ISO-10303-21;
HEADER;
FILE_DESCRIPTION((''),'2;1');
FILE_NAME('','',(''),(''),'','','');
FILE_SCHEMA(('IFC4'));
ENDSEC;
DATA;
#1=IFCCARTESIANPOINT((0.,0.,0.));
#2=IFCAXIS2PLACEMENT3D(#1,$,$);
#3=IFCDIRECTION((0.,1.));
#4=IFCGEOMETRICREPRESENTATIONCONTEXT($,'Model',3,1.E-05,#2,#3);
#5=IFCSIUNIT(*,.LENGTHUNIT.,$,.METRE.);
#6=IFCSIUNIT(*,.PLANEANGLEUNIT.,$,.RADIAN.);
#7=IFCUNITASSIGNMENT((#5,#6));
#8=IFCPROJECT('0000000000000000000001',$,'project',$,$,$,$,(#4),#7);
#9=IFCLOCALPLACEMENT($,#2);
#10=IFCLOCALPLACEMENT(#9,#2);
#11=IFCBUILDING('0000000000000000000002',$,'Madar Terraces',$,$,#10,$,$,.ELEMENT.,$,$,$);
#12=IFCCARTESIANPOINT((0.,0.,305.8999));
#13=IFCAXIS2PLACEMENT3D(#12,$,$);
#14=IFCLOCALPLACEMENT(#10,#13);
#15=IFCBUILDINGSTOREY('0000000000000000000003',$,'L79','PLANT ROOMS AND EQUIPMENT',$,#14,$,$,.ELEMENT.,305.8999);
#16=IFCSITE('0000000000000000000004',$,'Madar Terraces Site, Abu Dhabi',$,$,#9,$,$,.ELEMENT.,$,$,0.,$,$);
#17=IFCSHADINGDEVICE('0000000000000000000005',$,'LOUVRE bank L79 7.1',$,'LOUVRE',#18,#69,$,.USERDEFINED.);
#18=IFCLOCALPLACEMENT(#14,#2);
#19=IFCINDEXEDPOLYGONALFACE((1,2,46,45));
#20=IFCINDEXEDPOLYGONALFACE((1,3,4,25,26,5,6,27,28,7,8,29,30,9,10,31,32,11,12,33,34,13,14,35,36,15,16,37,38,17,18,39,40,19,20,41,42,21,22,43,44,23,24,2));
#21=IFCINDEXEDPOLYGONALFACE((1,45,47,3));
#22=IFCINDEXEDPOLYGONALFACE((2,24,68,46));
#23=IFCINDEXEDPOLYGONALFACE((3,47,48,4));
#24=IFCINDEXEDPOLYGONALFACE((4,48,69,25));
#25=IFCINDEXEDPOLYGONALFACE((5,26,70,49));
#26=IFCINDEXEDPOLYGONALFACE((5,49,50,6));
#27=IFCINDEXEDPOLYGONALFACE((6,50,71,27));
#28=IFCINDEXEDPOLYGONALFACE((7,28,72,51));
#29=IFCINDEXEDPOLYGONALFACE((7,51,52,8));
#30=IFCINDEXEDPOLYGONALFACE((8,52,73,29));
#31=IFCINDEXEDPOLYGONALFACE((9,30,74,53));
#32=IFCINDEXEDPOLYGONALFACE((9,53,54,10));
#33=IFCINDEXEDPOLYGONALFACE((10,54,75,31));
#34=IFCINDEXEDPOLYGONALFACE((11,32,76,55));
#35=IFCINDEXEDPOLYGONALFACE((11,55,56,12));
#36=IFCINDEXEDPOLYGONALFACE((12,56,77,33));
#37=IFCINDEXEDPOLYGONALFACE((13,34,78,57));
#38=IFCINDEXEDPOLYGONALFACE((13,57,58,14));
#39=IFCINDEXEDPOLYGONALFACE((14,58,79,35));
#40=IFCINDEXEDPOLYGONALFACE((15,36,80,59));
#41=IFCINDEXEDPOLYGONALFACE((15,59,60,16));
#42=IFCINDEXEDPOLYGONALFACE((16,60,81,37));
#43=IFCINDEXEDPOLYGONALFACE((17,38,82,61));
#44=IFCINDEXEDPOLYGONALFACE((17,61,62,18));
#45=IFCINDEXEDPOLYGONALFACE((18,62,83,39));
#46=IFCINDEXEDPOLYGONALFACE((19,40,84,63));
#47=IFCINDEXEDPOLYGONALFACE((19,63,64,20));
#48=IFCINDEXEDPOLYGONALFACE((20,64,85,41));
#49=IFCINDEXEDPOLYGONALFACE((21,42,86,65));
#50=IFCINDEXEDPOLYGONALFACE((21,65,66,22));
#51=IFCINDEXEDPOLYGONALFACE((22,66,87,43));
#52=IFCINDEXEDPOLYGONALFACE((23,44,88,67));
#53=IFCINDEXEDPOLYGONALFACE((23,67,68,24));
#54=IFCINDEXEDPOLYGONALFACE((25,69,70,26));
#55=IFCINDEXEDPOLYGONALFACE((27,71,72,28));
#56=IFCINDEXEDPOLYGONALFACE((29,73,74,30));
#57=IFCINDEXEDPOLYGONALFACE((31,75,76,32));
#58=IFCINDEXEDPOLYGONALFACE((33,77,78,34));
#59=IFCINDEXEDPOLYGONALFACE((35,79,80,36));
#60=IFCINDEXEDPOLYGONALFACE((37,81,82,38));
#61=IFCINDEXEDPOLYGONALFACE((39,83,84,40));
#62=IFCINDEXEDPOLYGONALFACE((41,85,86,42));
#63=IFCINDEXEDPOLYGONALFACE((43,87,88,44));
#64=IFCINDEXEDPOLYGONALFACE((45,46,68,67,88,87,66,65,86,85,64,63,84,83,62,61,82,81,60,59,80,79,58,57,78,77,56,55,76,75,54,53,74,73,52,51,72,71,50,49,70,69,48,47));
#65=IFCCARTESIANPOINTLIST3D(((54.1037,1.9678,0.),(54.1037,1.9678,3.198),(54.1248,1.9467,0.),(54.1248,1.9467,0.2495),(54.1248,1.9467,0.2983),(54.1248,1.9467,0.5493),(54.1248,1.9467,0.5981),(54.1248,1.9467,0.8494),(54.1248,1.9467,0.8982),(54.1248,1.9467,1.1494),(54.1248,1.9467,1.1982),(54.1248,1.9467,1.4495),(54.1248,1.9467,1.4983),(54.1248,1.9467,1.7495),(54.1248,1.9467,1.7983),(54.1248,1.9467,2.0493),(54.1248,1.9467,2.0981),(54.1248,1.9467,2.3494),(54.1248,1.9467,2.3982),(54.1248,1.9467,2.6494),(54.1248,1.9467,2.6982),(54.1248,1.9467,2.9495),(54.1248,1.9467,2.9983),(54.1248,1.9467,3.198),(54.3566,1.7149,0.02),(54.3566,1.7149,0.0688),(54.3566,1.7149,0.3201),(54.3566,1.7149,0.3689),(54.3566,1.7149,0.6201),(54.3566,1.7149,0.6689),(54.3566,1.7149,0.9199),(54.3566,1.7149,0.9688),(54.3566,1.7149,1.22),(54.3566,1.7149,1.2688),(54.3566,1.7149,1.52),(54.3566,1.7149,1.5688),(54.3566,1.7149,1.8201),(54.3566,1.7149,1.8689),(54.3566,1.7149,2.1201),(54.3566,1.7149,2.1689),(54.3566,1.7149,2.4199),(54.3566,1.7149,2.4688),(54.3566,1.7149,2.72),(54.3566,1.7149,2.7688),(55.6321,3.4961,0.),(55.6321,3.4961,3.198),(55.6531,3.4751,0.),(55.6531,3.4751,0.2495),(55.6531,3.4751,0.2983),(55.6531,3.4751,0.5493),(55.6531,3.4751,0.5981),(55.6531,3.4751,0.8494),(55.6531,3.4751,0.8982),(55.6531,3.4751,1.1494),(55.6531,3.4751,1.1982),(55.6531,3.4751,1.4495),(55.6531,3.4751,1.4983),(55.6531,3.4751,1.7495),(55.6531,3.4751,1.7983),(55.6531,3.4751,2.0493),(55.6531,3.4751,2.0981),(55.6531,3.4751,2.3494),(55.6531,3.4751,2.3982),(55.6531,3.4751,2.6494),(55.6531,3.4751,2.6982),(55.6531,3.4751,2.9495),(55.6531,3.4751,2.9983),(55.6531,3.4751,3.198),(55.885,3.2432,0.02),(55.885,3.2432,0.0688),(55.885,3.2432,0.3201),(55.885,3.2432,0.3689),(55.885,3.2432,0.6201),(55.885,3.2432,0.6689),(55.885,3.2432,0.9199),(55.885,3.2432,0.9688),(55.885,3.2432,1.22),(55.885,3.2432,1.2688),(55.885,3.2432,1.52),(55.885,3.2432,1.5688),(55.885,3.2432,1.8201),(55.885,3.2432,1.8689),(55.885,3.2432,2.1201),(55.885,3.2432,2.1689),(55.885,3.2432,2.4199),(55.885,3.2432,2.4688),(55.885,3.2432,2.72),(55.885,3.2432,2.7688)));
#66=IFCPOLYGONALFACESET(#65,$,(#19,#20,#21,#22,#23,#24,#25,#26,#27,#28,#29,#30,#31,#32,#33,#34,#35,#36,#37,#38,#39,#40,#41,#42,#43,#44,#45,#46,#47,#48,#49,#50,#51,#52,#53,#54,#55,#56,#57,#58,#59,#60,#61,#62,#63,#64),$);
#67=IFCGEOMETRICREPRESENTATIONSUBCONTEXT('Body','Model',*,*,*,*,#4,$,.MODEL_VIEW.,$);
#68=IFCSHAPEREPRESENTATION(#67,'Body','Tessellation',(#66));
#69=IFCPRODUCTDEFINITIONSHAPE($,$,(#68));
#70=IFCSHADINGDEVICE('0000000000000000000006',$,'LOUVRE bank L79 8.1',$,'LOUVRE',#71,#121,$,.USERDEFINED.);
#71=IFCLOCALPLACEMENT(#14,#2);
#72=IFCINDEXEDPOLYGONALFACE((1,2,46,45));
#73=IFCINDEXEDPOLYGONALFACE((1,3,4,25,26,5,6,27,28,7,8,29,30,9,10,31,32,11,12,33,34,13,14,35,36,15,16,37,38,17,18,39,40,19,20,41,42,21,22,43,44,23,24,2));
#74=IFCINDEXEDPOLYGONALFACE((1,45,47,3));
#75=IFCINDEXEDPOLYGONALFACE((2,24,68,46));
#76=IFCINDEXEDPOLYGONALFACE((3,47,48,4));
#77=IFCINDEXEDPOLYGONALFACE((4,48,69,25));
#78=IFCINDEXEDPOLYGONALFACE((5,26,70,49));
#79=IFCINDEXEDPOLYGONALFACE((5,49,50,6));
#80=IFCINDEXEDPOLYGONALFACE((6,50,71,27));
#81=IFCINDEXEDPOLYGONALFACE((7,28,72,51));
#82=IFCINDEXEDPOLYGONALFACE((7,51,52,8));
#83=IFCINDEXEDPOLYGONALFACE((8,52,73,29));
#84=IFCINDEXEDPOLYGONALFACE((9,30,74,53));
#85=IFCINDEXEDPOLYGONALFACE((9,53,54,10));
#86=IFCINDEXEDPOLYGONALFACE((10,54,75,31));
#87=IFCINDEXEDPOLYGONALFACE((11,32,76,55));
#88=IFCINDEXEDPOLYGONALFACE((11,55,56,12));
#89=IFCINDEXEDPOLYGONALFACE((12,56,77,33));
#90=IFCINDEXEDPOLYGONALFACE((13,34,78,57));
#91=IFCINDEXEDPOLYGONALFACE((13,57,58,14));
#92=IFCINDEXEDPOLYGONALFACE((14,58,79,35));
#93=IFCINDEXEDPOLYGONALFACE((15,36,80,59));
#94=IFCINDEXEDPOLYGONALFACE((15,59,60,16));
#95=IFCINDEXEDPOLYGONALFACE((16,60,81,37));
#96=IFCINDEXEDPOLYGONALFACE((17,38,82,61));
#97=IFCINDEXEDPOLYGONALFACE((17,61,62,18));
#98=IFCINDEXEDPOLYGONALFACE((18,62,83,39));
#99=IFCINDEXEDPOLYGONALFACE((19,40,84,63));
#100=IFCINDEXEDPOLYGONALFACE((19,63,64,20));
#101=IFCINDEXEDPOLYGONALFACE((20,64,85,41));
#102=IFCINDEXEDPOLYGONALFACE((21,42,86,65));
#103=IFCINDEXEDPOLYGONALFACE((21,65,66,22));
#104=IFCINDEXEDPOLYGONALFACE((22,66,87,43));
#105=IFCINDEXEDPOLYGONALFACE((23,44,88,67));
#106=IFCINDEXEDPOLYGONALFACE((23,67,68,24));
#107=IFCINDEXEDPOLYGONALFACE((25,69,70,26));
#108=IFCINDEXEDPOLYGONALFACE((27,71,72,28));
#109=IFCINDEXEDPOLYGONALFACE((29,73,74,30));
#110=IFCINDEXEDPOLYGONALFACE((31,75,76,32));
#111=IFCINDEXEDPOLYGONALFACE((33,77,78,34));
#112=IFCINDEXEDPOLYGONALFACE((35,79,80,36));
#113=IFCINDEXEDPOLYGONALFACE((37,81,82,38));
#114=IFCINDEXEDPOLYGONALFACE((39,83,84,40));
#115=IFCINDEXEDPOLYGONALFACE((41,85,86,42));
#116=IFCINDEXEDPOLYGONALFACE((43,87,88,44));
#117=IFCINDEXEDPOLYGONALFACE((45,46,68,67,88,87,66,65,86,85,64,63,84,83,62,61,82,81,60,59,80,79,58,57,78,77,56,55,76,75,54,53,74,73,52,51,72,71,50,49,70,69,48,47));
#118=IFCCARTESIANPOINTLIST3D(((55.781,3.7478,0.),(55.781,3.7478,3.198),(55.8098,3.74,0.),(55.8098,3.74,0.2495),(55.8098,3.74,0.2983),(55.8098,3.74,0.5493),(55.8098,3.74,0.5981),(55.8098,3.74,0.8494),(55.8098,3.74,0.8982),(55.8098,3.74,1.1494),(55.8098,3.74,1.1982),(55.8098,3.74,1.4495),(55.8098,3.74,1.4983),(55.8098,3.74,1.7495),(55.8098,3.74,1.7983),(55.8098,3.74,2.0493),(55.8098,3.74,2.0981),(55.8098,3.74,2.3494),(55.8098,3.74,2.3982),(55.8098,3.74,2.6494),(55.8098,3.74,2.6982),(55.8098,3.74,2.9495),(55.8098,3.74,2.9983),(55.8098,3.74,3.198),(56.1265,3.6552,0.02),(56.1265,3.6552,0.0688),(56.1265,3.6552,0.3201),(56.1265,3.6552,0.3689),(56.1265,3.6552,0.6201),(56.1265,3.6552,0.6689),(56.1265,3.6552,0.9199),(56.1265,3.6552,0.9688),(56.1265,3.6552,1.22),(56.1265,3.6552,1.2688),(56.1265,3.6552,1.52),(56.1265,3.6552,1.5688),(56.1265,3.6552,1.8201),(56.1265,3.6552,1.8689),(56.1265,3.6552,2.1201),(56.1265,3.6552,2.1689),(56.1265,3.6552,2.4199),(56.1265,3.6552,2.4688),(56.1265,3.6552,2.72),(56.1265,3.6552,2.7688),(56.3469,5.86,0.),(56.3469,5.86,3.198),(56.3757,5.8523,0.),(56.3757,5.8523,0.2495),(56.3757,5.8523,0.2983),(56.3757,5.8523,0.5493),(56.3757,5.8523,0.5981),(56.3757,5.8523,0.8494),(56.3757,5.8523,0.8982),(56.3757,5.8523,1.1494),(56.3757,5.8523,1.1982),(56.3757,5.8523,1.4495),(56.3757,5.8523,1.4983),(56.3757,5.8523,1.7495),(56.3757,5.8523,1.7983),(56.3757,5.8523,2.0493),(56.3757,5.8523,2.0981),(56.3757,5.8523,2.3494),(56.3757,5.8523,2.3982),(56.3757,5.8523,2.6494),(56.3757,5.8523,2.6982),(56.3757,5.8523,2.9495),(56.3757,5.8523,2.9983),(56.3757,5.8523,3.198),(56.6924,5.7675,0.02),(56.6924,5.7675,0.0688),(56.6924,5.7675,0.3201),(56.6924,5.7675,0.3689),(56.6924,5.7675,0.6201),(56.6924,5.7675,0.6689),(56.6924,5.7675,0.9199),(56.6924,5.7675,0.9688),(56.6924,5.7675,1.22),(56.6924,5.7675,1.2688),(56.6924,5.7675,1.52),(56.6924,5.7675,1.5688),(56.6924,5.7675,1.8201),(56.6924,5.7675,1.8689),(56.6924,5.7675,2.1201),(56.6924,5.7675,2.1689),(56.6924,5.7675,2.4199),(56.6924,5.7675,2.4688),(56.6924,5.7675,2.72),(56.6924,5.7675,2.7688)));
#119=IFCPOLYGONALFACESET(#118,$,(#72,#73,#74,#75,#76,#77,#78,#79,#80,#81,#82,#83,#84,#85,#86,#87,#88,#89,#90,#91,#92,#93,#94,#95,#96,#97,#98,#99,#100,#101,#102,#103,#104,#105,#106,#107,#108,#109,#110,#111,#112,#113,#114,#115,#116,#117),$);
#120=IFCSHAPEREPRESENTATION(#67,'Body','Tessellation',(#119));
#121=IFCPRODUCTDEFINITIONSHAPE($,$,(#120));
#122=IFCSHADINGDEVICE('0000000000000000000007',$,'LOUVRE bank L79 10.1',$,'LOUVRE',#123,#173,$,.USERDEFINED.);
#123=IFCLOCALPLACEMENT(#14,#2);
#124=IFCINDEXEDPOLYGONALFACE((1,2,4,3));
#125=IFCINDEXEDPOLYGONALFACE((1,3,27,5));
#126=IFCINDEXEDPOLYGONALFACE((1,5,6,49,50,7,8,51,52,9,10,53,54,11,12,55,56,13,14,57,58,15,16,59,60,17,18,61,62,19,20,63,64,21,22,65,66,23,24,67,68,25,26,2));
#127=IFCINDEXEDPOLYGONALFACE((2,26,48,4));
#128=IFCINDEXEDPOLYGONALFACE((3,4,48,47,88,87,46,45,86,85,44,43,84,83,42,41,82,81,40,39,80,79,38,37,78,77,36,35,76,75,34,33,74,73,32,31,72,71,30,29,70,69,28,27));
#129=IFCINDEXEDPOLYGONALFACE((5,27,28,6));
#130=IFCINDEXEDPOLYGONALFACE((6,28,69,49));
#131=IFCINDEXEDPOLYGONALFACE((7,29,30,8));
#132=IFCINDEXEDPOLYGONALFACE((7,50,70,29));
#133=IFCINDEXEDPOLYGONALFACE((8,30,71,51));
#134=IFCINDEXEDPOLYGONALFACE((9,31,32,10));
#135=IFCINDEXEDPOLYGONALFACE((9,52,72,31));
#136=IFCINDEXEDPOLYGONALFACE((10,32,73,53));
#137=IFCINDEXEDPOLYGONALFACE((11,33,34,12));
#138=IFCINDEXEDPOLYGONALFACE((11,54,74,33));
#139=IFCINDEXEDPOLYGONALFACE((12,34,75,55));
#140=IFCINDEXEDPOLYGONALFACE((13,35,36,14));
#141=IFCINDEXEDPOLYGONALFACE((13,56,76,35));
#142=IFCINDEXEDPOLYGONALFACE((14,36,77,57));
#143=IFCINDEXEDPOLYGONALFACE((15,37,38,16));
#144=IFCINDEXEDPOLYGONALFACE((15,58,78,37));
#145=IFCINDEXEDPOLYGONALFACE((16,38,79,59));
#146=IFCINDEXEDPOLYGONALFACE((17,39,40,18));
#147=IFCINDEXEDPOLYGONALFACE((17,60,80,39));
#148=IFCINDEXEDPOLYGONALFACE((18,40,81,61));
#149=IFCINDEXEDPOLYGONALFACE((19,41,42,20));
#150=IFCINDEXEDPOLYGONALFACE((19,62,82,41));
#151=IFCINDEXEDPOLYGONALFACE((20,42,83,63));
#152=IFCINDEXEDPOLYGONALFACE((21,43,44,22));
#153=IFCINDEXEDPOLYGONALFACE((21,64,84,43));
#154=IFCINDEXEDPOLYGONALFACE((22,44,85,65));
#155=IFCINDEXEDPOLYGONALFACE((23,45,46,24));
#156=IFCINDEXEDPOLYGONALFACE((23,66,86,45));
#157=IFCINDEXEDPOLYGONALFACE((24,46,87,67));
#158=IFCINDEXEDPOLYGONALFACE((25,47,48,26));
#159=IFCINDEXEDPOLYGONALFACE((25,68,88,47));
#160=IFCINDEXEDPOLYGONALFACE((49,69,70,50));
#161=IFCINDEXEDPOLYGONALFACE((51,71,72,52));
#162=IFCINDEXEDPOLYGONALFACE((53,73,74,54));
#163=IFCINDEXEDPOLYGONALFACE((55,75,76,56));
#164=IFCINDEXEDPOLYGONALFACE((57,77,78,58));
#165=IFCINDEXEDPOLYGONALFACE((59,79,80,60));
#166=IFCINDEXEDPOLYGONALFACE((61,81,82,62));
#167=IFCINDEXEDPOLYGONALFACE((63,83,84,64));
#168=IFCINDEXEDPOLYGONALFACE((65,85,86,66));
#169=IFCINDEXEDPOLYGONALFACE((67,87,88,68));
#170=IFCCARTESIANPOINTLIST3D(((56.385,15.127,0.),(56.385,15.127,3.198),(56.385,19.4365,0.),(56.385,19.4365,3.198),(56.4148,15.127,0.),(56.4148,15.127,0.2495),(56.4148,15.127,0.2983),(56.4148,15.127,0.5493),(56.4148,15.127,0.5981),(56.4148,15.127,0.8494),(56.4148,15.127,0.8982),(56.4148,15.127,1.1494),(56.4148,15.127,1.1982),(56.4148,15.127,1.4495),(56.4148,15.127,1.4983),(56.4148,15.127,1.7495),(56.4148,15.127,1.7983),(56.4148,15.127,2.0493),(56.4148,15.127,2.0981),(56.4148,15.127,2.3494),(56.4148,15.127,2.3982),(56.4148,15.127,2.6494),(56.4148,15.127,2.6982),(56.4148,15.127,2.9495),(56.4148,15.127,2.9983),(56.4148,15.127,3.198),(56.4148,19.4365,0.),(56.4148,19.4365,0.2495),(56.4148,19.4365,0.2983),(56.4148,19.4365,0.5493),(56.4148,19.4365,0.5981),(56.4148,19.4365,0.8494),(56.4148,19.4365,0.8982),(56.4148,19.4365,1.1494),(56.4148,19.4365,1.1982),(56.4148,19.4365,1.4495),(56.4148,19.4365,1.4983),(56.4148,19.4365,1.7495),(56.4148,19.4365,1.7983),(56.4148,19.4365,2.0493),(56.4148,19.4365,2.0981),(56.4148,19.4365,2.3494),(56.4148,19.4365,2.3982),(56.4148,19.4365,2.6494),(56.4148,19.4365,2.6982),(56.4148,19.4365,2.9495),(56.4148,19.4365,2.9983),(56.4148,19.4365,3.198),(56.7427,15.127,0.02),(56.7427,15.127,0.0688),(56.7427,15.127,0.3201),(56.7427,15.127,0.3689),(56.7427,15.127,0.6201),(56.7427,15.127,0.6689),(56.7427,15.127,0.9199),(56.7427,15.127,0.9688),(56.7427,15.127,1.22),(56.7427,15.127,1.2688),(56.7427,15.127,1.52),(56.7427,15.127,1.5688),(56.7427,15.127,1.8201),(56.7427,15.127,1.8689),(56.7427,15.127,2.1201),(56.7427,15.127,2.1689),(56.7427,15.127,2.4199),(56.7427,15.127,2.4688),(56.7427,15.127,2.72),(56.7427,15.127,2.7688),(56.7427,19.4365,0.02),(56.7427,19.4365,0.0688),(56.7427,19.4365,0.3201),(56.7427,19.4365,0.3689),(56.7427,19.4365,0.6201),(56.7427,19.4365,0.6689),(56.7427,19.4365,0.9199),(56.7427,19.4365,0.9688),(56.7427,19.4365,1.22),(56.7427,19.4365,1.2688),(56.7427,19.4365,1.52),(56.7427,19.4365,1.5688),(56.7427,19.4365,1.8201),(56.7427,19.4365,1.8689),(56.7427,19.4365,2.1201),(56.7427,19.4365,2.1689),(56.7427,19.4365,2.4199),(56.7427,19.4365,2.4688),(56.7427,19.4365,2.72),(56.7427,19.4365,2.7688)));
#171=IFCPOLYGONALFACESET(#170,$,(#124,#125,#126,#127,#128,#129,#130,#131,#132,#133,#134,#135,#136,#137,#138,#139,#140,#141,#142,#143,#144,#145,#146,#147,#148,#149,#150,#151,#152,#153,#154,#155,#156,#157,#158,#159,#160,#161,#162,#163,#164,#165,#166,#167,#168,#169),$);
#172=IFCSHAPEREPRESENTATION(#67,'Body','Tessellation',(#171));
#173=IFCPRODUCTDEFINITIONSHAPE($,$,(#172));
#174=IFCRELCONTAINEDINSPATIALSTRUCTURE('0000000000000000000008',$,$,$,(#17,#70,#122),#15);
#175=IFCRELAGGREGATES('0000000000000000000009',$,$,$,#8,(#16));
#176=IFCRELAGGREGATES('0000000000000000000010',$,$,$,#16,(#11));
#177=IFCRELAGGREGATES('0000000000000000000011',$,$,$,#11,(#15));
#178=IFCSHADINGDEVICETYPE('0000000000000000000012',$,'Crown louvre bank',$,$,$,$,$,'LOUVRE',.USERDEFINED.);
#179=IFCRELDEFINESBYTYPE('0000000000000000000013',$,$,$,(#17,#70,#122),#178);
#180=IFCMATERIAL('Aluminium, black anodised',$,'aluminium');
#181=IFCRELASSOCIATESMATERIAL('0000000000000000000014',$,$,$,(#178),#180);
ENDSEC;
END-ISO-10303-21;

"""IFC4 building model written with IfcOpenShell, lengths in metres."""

from ifc_helpers import new_model, si_unit, direction, frame, origin, place, context, subcontext, project, spatial, polyline, outline, extrude, material, type_object, element, save


model = new_model("IFC4")

# Units and contexts
model_context = context("Model", 3, precision=1e-05, world=origin(), true_north=direction((0.0, 1.0)))
body_context = subcontext(model_context, "Body", "Model", "MODEL_VIEW")
ifc_project = project(units=[si_unit("LENGTHUNIT", "METRE"), si_unit("PLANEANGLEUNIT", "RADIAN")], contexts=[model_context])

# Site, building, storey
site_placement = place(None, origin())
site = spatial("IfcSite", under=ifc_project, at=site_placement, Name="Madar Terraces Site, Abu Dhabi", CompositionType="ELEMENT", RefElevation=0.0)
building_placement = place(site_placement, origin())
building = spatial("IfcBuilding", under=site, at=building_placement, Name="Madar Terraces", CompositionType="ELEMENT")
storey_placement = place(building_placement, frame((0.0, 0.0, 305.8999)))
storey = spatial("IfcBuildingStorey", under=building, at=storey_placement, Name="L79", Description="PLANT ROOMS AND EQUIPMENT", CompositionType="ELEMENT", Elevation=305.8999)

# Shading devices
ifc_material_1 = material(Name="Aluminium, black anodised", Category="aluminium")
shading_device_type = type_object("IfcShadingDeviceType", Name="Crown louvre bank", ElementType="LOUVRE", PredefinedType="USERDEFINED", material=ifc_material_1)
shading_device_1_placement = place(storey_placement, frame((54.1143, 1.9573, 0.0), z_axis=(0.707107, 0.707107, 0.0), x_axis=(-0.707107, 0.707107, 0.0)))
element("IfcShadingDevice", 1, at=shading_device_1_placement, inside=storey, type_object=shading_device_type, Name="LOUVRE bank L79 7.1", ObjectType="LOUVRE", PredefinedType="USERDEFINED", context=body_context, shape_type="SweptSolid", body=[
    extrude(outline(polyline([(0.0149, 0.0), (-0.0149, 0.0), (-0.0149, 0.2495), (-0.3428, 0.02), (-0.3428, 0.0688), (-0.0149, 0.2983), (-0.0149, 0.5493), (-0.3428, 0.3201), (-0.3428, 0.3689), (-0.0149, 0.5981), (-0.0149, 0.8494), (-0.3428, 0.6201), (-0.3428, 0.6689), (-0.0149, 0.8982), (-0.0149, 1.1494), (-0.3428, 0.9199), (-0.3428, 0.9688), (-0.0149, 1.1982), (-0.0149, 1.4495), (-0.3428, 1.22), (-0.3428, 1.2688), (-0.0149, 1.4983), (-0.0149, 1.7495), (-0.3428, 1.52), (-0.3428, 1.5688), (-0.0149, 1.7983), (-0.0149, 2.0493), (-0.3428, 1.8201), (-0.3428, 1.8689), (-0.0149, 2.0981), (-0.0149, 2.3494), (-0.3428, 2.1201), (-0.3428, 2.1689), (-0.0149, 2.3982), (-0.0149, 2.6494), (-0.3428, 2.4199), (-0.3428, 2.4688), (-0.0149, 2.6982), (-0.0149, 2.9495), (-0.3428, 2.72), (-0.3428, 2.7688), (-0.0149, 2.9983), (-0.0149, 3.198), (0.0149, 3.198), (0.0149, 0.0)])), origin(), (0.0, 0.0, 1.0), 2.1614),
])
shading_device_2_placement = place(storey_placement, frame((55.7954, 3.7439, 0.0), z_axis=(0.258788, 0.965934, 0.0), x_axis=(-0.965934, 0.258788, 0.0)))
element("IfcShadingDevice", 2, at=shading_device_2_placement, inside=storey, type_object=shading_device_type, Name="LOUVRE bank L79 8.1", ObjectType="LOUVRE", PredefinedType="USERDEFINED", context=body_context, shape_type="SweptSolid", body=[
    extrude(outline(polyline([(0.0149, 0.0), (-0.0149, 0.0), (-0.0149, 0.2495), (-0.3428, 0.02), (-0.3428, 0.0688), (-0.0149, 0.2983), (-0.0149, 0.5493), (-0.3428, 0.3201), (-0.3428, 0.3689), (-0.0149, 0.5981), (-0.0149, 0.8494), (-0.3428, 0.6201), (-0.3428, 0.6689), (-0.0149, 0.8982), (-0.0149, 1.1494), (-0.3428, 0.9199), (-0.3428, 0.9688), (-0.0149, 1.1982), (-0.0149, 1.4495), (-0.3428, 1.22), (-0.3428, 1.2688), (-0.0149, 1.4983), (-0.0149, 1.7495), (-0.3428, 1.52), (-0.3428, 1.5688), (-0.0149, 1.7983), (-0.0149, 2.0493), (-0.3428, 1.8201), (-0.3428, 1.8689), (-0.0149, 2.0981), (-0.0149, 2.3494), (-0.3428, 2.1201), (-0.3428, 2.1689), (-0.0149, 2.3982), (-0.0149, 2.6494), (-0.3428, 2.4199), (-0.3428, 2.4688), (-0.0149, 2.6982), (-0.0149, 2.9495), (-0.3428, 2.72), (-0.3428, 2.7688), (-0.0149, 2.9983), (-0.0149, 3.198), (0.0149, 3.198), (0.0149, 0.0)])), origin(), (0.0, 0.0, 1.0), 2.1868),
])
for number, where, z_axis, x_axis, name in (
    (3, (56.3999, 15.127, 0.0), (0.0, 1.0, 0.0), (-1.0, 0.0, 0.0), "LOUVRE bank L79 10.1"),
):
    element("IfcShadingDevice", number, at=place(storey_placement, frame(where, z_axis=z_axis, x_axis=x_axis)), inside=storey, type_object=shading_device_type, Name=name, ObjectType="LOUVRE", PredefinedType="USERDEFINED", context=body_context, shape_type="SweptSolid", body=[
        extrude(outline(polyline([(0.0149, 0.0), (-0.0149, 0.0), (-0.0149, 0.2495), (-0.3428, 0.02), (-0.3428, 0.0688), (-0.0149, 0.2983), (-0.0149, 0.5493), (-0.3428, 0.3201), (-0.3428, 0.3689), (-0.0149, 0.5981), (-0.0149, 0.8494), (-0.3428, 0.6201), (-0.3428, 0.6689), (-0.0149, 0.8982), (-0.0149, 1.1494), (-0.3428, 0.9199), (-0.3428, 0.9688), (-0.0149, 1.1982), (-0.0149, 1.4495), (-0.3428, 1.22), (-0.3428, 1.2688), (-0.0149, 1.4983), (-0.0149, 1.7495), (-0.3428, 1.52), (-0.3428, 1.5688), (-0.0149, 1.7983), (-0.0149, 2.0493), (-0.3428, 1.8201), (-0.3428, 1.8689), (-0.0149, 2.0981), (-0.0149, 2.3494), (-0.3428, 2.1201), (-0.3428, 2.1689), (-0.0149, 2.3982), (-0.0149, 2.6494), (-0.3428, 2.4199), (-0.3428, 2.4688), (-0.0149, 2.6982), (-0.0149, 2.9495), (-0.3428, 2.72), (-0.3428, 2.7688), (-0.0149, 2.9983), (-0.0149, 3.198), (0.0149, 3.198), (0.0149, 0.0)])), origin(), (0.0, 0.0, 1.0), 4.3096),
    ])

save(model, "model.ifc")
